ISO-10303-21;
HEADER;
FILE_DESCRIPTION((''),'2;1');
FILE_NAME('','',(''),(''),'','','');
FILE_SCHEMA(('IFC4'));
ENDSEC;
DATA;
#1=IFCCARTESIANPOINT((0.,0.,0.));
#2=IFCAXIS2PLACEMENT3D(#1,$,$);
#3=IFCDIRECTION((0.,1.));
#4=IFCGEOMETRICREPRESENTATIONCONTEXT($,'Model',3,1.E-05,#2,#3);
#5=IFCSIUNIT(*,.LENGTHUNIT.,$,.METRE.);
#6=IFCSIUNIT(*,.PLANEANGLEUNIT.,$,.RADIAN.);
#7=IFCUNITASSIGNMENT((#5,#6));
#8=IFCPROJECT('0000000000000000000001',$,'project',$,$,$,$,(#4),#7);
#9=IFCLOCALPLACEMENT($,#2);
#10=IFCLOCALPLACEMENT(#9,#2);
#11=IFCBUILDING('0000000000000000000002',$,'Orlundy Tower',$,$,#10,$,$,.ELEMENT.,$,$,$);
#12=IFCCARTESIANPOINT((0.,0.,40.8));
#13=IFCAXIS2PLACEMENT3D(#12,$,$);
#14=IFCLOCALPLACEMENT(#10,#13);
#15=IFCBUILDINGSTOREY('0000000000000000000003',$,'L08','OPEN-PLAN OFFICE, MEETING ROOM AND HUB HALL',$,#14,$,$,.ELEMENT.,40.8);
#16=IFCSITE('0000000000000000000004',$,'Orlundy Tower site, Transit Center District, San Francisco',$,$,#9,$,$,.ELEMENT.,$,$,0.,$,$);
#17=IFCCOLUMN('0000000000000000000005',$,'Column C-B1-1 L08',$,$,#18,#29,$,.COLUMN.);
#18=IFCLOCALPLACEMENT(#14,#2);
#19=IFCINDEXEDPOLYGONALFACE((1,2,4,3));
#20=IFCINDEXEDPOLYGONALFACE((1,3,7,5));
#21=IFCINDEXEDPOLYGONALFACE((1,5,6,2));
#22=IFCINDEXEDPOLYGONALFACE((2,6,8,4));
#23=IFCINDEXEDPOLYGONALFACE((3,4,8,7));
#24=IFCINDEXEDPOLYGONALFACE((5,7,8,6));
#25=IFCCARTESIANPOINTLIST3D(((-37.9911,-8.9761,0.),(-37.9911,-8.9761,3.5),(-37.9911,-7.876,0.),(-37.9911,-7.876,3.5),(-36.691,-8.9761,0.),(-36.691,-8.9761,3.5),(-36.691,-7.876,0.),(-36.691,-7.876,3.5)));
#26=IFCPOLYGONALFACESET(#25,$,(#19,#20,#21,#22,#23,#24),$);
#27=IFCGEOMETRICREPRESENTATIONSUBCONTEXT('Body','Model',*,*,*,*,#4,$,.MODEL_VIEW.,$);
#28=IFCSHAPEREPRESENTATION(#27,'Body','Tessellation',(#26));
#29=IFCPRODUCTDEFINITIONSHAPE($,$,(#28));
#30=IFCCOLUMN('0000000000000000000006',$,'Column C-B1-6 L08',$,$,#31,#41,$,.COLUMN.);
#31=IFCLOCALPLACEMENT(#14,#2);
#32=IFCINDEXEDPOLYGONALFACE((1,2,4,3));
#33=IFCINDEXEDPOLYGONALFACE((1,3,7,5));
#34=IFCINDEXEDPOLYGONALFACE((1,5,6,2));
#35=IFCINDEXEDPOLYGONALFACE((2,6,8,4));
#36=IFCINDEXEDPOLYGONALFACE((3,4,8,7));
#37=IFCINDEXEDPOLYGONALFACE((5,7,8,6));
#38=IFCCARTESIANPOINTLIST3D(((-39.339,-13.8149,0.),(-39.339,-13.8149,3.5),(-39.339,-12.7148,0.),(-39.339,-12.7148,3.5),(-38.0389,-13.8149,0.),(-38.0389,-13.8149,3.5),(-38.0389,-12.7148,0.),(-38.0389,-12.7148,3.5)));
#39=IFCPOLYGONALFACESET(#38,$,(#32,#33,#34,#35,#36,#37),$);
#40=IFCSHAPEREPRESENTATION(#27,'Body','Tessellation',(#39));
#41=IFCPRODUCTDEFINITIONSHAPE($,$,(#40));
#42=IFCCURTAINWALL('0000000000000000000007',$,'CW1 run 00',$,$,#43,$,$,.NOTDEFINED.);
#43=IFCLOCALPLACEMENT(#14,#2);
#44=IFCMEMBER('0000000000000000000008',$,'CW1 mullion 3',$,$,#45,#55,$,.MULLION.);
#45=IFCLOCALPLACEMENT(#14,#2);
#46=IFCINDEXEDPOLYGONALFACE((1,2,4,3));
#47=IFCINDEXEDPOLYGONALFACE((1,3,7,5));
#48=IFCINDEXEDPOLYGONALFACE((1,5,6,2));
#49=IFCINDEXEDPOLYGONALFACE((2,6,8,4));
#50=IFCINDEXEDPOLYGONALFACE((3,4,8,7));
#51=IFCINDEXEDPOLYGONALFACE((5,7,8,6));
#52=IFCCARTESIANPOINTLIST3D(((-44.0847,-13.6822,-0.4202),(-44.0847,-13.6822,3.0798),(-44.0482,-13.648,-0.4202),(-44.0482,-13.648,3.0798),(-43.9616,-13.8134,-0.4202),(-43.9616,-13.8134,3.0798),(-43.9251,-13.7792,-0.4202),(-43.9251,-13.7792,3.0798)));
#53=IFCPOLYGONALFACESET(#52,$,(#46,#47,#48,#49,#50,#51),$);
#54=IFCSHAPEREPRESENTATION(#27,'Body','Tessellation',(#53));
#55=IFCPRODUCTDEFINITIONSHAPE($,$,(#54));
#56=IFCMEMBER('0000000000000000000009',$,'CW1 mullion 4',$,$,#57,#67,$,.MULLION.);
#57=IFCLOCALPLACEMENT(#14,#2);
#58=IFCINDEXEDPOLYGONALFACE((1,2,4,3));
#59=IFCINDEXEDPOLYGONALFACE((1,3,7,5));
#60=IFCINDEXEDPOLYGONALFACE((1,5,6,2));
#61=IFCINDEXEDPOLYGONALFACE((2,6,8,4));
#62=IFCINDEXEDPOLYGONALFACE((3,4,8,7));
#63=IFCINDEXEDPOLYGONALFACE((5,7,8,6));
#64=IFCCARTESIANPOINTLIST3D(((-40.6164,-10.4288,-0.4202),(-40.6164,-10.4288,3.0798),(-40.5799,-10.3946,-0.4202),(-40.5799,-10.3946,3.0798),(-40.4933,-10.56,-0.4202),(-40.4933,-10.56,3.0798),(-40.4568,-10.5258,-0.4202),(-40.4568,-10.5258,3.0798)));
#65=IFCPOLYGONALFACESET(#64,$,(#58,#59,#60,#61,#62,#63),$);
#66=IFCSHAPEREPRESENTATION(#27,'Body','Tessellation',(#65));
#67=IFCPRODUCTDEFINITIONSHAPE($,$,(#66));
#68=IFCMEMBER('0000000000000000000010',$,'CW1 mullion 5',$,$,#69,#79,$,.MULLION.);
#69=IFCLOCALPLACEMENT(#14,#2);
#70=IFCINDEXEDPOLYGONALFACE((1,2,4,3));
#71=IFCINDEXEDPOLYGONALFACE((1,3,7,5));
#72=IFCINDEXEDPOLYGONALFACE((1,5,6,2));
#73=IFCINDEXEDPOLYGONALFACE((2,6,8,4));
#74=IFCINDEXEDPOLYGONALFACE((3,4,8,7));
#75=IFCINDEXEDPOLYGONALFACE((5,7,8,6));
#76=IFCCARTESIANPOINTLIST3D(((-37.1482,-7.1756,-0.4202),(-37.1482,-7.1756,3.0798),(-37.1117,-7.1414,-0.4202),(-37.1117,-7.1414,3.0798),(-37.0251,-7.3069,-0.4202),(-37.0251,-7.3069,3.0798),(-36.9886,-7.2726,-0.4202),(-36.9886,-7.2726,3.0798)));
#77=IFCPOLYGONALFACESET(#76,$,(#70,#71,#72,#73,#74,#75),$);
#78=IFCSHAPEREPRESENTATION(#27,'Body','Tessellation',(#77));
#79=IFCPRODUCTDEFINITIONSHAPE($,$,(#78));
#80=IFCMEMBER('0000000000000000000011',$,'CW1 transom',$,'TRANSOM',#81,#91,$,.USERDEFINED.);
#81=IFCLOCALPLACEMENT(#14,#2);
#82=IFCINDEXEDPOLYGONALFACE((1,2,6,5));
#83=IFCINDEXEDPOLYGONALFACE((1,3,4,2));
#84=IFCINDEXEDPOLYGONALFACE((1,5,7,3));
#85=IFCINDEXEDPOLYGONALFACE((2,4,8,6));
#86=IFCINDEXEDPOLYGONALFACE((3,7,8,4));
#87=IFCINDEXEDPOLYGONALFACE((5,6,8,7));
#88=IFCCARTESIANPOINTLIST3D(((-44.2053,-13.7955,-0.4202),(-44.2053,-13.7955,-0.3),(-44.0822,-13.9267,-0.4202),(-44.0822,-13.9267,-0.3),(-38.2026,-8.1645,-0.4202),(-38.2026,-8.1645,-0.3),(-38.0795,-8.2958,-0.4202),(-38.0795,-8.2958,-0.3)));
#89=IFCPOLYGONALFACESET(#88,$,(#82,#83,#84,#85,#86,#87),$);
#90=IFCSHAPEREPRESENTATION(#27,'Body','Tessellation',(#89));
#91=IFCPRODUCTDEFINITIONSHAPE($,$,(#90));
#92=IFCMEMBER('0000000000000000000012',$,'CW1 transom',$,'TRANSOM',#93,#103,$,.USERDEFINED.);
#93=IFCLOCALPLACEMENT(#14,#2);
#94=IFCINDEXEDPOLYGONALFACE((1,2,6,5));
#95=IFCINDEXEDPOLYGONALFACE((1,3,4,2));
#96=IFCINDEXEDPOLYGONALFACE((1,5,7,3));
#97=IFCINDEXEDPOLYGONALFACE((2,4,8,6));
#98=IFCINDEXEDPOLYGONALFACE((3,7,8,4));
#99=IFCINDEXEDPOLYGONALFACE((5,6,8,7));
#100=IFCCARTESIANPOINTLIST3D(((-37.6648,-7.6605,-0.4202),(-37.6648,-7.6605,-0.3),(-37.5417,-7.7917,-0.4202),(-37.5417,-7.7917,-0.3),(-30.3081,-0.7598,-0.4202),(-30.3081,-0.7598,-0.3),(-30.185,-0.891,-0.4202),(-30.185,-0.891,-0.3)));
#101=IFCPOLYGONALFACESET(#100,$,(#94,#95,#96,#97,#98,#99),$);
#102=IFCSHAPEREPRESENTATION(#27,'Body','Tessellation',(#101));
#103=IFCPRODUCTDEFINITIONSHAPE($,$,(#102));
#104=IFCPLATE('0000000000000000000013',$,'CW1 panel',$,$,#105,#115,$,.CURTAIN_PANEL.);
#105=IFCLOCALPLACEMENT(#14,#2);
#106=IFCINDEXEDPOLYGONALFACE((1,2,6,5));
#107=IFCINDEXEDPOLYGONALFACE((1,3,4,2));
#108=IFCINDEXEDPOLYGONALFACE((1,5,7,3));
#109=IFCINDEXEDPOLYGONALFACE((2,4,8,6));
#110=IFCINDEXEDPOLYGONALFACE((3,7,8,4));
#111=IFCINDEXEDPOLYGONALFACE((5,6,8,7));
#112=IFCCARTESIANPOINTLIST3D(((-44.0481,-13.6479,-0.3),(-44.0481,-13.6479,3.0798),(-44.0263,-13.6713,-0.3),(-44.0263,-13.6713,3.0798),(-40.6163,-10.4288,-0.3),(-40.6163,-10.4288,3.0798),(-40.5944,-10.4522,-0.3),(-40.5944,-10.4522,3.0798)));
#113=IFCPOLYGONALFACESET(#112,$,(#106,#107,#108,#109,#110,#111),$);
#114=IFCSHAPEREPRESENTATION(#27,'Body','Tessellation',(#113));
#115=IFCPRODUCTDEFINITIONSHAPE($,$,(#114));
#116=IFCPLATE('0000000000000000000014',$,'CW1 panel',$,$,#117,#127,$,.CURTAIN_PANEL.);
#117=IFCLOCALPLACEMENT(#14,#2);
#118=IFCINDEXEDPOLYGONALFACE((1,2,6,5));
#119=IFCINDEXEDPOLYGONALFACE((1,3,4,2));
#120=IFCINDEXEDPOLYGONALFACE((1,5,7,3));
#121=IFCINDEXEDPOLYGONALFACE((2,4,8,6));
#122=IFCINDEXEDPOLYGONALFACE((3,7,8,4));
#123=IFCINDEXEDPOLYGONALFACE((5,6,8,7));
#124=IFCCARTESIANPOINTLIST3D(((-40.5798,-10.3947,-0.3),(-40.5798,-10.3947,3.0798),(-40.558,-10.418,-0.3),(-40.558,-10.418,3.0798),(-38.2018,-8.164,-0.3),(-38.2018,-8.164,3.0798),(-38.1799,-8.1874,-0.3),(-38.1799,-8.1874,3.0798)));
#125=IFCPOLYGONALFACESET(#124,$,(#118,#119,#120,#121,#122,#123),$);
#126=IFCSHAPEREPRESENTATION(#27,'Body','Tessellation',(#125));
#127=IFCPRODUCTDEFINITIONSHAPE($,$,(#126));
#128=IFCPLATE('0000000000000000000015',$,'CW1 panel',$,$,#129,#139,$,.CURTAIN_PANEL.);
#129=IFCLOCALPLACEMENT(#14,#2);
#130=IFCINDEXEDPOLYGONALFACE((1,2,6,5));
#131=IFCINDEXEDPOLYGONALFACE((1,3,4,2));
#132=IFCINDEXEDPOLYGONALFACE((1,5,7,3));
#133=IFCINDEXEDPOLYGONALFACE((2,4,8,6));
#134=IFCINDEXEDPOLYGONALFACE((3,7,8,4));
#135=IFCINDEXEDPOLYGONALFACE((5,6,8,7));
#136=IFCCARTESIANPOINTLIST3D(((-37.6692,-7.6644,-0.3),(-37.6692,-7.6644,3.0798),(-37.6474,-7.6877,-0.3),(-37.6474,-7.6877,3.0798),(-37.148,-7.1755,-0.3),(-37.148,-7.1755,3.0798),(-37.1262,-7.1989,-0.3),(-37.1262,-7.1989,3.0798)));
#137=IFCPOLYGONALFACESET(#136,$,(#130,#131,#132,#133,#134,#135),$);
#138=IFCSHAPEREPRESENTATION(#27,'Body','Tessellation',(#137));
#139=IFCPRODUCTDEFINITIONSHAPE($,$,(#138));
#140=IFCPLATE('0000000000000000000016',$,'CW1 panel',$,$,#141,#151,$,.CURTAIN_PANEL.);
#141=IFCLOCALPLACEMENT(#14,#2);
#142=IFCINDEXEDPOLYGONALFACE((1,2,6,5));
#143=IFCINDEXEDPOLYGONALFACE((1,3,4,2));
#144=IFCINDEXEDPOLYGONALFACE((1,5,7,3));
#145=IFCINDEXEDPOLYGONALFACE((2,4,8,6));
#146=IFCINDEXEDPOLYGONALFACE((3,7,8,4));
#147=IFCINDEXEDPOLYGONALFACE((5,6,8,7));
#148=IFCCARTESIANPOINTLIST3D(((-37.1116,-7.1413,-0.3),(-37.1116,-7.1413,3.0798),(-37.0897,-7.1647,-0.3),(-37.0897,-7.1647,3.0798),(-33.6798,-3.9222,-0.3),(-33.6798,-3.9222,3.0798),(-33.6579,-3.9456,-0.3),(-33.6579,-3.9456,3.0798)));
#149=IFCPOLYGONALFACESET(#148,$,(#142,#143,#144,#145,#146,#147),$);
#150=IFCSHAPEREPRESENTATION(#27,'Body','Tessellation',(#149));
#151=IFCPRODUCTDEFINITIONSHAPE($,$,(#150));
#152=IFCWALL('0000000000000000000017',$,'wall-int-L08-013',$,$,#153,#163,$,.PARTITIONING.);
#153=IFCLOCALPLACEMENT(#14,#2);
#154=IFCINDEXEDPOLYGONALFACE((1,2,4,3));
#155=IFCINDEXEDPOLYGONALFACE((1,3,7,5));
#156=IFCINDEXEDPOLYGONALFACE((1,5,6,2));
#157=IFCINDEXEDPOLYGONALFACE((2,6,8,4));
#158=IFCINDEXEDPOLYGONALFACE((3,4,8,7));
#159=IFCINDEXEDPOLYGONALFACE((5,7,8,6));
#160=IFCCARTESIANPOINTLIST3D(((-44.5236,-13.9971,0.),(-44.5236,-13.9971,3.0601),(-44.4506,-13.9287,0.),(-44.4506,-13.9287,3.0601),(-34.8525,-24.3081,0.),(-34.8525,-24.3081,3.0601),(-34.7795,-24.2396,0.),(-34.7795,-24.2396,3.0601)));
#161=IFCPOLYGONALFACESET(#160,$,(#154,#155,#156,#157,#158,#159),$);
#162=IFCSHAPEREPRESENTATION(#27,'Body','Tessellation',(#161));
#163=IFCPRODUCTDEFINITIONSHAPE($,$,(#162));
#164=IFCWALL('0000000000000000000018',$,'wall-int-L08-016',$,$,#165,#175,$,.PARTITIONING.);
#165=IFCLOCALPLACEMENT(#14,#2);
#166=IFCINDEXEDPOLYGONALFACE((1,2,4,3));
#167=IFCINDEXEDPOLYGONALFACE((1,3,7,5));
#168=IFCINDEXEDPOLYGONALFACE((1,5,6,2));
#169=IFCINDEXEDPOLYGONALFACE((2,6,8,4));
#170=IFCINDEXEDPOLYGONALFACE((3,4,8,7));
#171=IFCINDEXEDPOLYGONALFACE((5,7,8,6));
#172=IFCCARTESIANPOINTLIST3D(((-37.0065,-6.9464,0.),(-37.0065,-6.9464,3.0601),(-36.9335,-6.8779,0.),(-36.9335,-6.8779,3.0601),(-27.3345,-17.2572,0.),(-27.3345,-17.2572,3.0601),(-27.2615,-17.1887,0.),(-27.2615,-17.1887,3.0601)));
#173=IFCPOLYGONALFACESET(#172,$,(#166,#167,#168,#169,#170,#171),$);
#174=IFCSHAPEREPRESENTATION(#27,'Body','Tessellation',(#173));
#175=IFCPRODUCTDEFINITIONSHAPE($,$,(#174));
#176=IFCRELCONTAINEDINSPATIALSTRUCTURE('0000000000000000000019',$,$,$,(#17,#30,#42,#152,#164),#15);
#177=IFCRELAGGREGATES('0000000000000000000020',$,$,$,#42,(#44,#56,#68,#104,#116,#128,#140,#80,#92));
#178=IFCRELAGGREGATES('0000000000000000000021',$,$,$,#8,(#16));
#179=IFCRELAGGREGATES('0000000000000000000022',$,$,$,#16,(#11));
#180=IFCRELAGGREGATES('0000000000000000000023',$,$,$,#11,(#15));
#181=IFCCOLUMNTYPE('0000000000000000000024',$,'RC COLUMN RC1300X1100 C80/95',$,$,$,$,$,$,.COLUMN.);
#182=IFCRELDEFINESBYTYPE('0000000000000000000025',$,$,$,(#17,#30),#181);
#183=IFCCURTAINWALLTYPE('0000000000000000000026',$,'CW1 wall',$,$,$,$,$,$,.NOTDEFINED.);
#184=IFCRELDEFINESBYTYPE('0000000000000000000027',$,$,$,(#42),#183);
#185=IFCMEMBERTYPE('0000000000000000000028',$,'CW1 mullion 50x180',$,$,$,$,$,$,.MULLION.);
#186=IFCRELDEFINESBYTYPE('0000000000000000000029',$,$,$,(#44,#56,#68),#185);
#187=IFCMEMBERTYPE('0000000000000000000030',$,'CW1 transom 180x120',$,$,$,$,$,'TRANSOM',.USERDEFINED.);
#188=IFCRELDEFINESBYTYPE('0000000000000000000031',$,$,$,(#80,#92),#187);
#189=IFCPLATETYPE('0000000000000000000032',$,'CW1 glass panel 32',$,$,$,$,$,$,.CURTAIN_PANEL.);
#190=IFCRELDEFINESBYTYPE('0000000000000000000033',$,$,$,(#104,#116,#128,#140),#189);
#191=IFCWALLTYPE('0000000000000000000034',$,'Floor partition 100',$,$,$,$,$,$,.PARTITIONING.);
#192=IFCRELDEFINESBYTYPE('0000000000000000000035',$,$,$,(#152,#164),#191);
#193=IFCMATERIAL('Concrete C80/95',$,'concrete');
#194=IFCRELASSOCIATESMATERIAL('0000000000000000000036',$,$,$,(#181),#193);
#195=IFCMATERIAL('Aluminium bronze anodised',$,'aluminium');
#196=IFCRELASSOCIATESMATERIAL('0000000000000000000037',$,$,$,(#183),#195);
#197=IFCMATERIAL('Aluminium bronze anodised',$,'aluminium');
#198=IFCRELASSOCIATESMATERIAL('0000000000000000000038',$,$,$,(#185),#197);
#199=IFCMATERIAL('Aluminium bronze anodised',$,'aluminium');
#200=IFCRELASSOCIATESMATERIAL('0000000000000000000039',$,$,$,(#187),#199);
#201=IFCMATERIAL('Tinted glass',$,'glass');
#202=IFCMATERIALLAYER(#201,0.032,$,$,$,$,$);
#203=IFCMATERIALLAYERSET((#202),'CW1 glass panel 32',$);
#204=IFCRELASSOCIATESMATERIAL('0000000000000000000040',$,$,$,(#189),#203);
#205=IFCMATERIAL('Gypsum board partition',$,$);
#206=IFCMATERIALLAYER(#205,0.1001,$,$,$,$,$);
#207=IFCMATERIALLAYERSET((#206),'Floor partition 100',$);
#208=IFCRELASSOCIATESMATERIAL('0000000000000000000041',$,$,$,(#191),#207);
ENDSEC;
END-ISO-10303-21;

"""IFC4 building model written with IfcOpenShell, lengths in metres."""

from ifc_helpers import new_model, si_unit, direction, frame, frame_2d, origin, origin_2d, place, context, subcontext, project, spatial, rectangle, extrude, material, layer, layer_set, material_profile, profile_set, type_object, element, aggregate, save


model = new_model("IFC4")

# Units and contexts
model_context = context("Model", 3, precision=1e-05, world=origin(), true_north=direction((0.0, 1.0)))
body_context = subcontext(model_context, "Body", "Model", "MODEL_VIEW")
ifc_project = project(units=[si_unit("LENGTHUNIT", "METRE"), si_unit("PLANEANGLEUNIT", "RADIAN")], contexts=[model_context])

# Site, building, storey
site_placement = place(None, origin())
site = spatial("IfcSite", under=ifc_project, at=site_placement, Name="Orlundy Tower site, Transit Center District, San Francisco", CompositionType="ELEMENT", RefElevation=0.0)
building_placement = place(site_placement, origin())
building = spatial("IfcBuilding", under=site, at=building_placement, Name="Orlundy Tower", CompositionType="ELEMENT")
storey_placement = place(building_placement, frame((0.0, 0.0, 40.8)))
storey = spatial("IfcBuildingStorey", under=building, at=storey_placement, Name="L08", Description="OPEN-PLAN OFFICE, MEETING ROOM AND HUB HALL", CompositionType="ELEMENT", Elevation=40.8)

# Columns
ifc_material_1 = material(Name="Concrete C80/95", Category="concrete")
ifc_material_profile_1 = material_profile(ifc_material_1, rectangle(XDim=1.3, YDim=1.1001, at=origin_2d()), Name="RC1300X1100")
ifc_profile_set_1 = profile_set([ifc_material_profile_1], Name="Concrete C80/95")
column_type = type_object("IfcColumnType", Name="RC COLUMN RC1300X1100 C80/95", PredefinedType="COLUMN", material=ifc_profile_set_1)
for number, where, z_axis, x_axis, name in (
    (1, (-37.3411, -8.426, 0.0), (0.0, 0.0, 1.0), (1.0, 0.0, 0.0), "Column C-B1-1 L08"),
    (2, (-38.689, -13.2649, 0.0), (0.0, 0.0, 1.0), (1.0, 0.0, 0.0), "Column C-B1-6 L08"),
):
    element("IfcColumn", number, at=place(storey_placement, frame(where, z_axis=z_axis, x_axis=x_axis)), inside=storey, type_object=column_type, Name=name, PredefinedType="COLUMN", context=body_context, shape_type="SweptSolid", body=[
        extrude(rectangle(XDim=1.3, YDim=1.1001, at=origin_2d()), origin(), (0.0, 0.0, 1.0), 3.5),
    ])

# Curtain wall, members, plates
ifc_material_2 = material(Name="Aluminium bronze anodised", Category="aluminium")
curtain_wall_type = type_object("IfcCurtainWallType", Name="CW1 wall", PredefinedType="NOTDEFINED", material=ifc_material_2)
curtain_wall_placement = place(storey_placement, origin())
curtain_wall = element("IfcCurtainWall", 3, at=curtain_wall_placement, inside=storey, type_object=curtain_wall_type, Name="CW1 run 00", PredefinedType="NOTDEFINED")
ifc_material_3 = material(Name="Aluminium bronze anodised", Category="aluminium")
ifc_material_profile_2 = material_profile(ifc_material_3, rectangle(XDim=0.1799, YDim=0.05, at=origin_2d()), Name="CW1 mullion 50x180")
ifc_profile_set_2 = profile_set([ifc_material_profile_2], Name="Aluminium bronze anodised")
member_type_1 = type_object("IfcMemberType", Name="CW1 mullion 50x180", PredefinedType="MULLION", material=ifc_profile_set_2)
member_1_placement = place(storey_placement, frame((-44.0049, -13.7307, -0.4202), z_axis=(0.0, 0.0, 1.0), x_axis=(-0.684139, 0.729351, 0.0)))
member_1 = element("IfcMember", 4, at=member_1_placement, type_object=member_type_1, Name="CW1 mullion 3", PredefinedType="MULLION", context=body_context, shape_type="SweptSolid", body=[
    extrude(rectangle(XDim=0.1799, YDim=0.05, at=origin_2d()), origin(), (0.0, 0.0, 1.0), 3.5),
])
member_2_placement = place(storey_placement, frame((-40.5366, -10.4773, -0.4202), z_axis=(0.0, 0.0, 1.0), x_axis=(-0.684139, 0.729351, 0.0)))
member_2 = element("IfcMember", 5, at=member_2_placement, type_object=member_type_1, Name="CW1 mullion 4", PredefinedType="MULLION", context=body_context, shape_type="SweptSolid", body=[
    extrude(rectangle(XDim=0.1799, YDim=0.05, at=origin_2d()), origin(), (0.0, 0.0, 1.0), 3.5),
])
member_3_placement = place(storey_placement, frame((-37.0684, -7.2241, -0.4202), z_axis=(0.0, 0.0, 1.0), x_axis=(-0.684139, 0.729351, 0.0)))
member_3 = element("IfcMember", 6, at=member_3_placement, type_object=member_type_1, Name="CW1 mullion 5", PredefinedType="MULLION", context=body_context, shape_type="SweptSolid", body=[
    extrude(rectangle(XDim=0.1799, YDim=0.05, at=origin_2d()), origin(), (0.0, 0.0, 1.0), 3.5),
])
ifc_material_4 = material(Name="Aluminium bronze anodised", Category="aluminium")
ifc_material_profile_3 = material_profile(ifc_material_4, rectangle(XDim=0.1799, YDim=0.1201, at=origin_2d()), Name="CW1 transom 180x120")
ifc_profile_set_3 = profile_set([ifc_material_profile_3], Name="Aluminium bronze anodised")
member_type_2 = type_object("IfcMemberType", Name="CW1 transom 180x120", ElementType="TRANSOM", PredefinedType="USERDEFINED", material=ifc_profile_set_3)
member_4_placement = place(storey_placement, frame((-44.1438, -13.8611, -0.3601), z_axis=(0.729335, 0.684157, 0.0), x_axis=(-0.684157, 0.729335, 0.0)))
member_4 = element("IfcMember", 7, at=member_4_placement, type_object=member_type_2, Name="CW1 transom", ObjectType="TRANSOM", PredefinedType="USERDEFINED", context=body_context, shape_type="SweptSolid", body=[
    extrude(rectangle(XDim=0.1799, YDim=0.1201, at=origin_2d()), origin(), (0.0, 0.0, 1.0), 8.2305),
])
member_5_placement = place(storey_placement, frame((-37.6033, -7.7261, -0.3601), z_axis=(0.729352, 0.684138, 0.0), x_axis=(-0.684138, 0.729352, 0.0)))
member_5 = element("IfcMember", 8, at=member_5_placement, type_object=member_type_2, Name="CW1 transom", ObjectType="TRANSOM", PredefinedType="USERDEFINED", context=body_context, shape_type="SweptSolid", body=[
    extrude(rectangle(XDim=0.1799, YDim=0.1201, at=origin_2d()), origin(), (0.0, 0.0, 1.0), 10.0867),
])
ifc_material_5 = material(Name="Tinted glass", Category="glass")
ifc_layer_1 = layer(ifc_material_5, 0.032)
ifc_layer_set_1 = layer_set([ifc_layer_1], Name="CW1 glass panel 32")
plate_type = type_object("IfcPlateType", Name="CW1 glass panel 32", PredefinedType="CURTAIN_PANEL", material=ifc_layer_set_1)
plate_1_placement = place(storey_placement, frame((-42.3213, -12.05, -0.3), z_axis=(0.0, 0.0, 1.0), x_axis=(0.729351, 0.684139, 0.0)))
plate_1 = element("IfcPlate", 9, at=plate_1_placement, type_object=plate_type, Name="CW1 panel", PredefinedType="CURTAIN_PANEL", context=body_context, shape_type="SweptSolid", body=[
    extrude(rectangle(XDim=4.7053, YDim=0.032, at=origin_2d()), origin(), (0.0, 0.0, 1.0), 3.3799),
])
plate_2_placement = place(storey_placement, frame((-39.3799, -9.291, -0.3), z_axis=(0.0, 0.0, 1.0), x_axis=(0.729351, 0.684139, 0.0)))
plate_2 = element("IfcPlate", 10, at=plate_2_placement, type_object=plate_type, Name="CW1 panel", PredefinedType="CURTAIN_PANEL", context=body_context, shape_type="SweptSolid", body=[
    extrude(rectangle(XDim=3.2605, YDim=0.032, at=origin_2d()), origin(), (0.0, 0.0, 1.0), 3.3799),
])
plate_3_placement = place(storey_placement, frame((-37.3977, -7.4316, -0.3), z_axis=(0.0, 0.0, 1.0), x_axis=(0.729351, 0.684139, 0.0)))
plate_3 = element("IfcPlate", 11, at=plate_3_placement, type_object=plate_type, Name="CW1 panel", PredefinedType="CURTAIN_PANEL", context=body_context, shape_type="SweptSolid", body=[
    extrude(rectangle(XDim=0.7146, YDim=0.032, at=origin_2d()), origin(), (0.0, 0.0, 1.0), 3.3799),
])
plate_4_placement = place(storey_placement, frame((-35.3848, -5.5435, -0.3), z_axis=(0.0, 0.0, 1.0), x_axis=(0.729351, 0.684139, 0.0)))
plate_4 = element("IfcPlate", 12, at=plate_4_placement, type_object=plate_type, Name="CW1 panel", PredefinedType="CURTAIN_PANEL", context=body_context, shape_type="SweptSolid", body=[
    extrude(rectangle(XDim=4.7053, YDim=0.032, at=origin_2d()), origin(), (0.0, 0.0, 1.0), 3.3799),
])
aggregate(curtain_wall, [member_1, member_2, member_3, plate_1, plate_2, plate_3, plate_4, member_4, member_5])

# Walls
ifc_material_6 = material(Name="Gypsum board partition")
ifc_layer_2 = layer(ifc_material_6, 0.1001)
ifc_layer_set_2 = layer_set([ifc_layer_2], Name="Floor partition 100")
wall_type = type_object("IfcWallType", Name="Floor partition 100", PredefinedType="PARTITIONING", material=ifc_layer_set_2)
wall_1_placement = place(storey_placement, frame((-44.4871, -13.9629, 0.0), z_axis=(0.0, 0.0, 1.0), x_axis=(0.684112, -0.729377, 0.0)))
element("IfcWall", 13, at=wall_1_placement, inside=storey, type_object=wall_type, Name="wall-int-L08-013", PredefinedType="PARTITIONING", context=body_context, shape_type="SweptSolid", body=[
    extrude(rectangle(XDim=14.1367, YDim=0.1001, at=frame_2d((7.0684, 0.0))), origin(), (0.0, 0.0, 1.0), 3.0601),
])
wall_2_placement = place(storey_placement, frame((-36.97, -6.9121, 0.0), z_axis=(0.0, 0.0, 1.0), x_axis=(0.684148, -0.729343, 0.0)))
element("IfcWall", 14, at=wall_2_placement, inside=storey, type_object=wall_type, Name="wall-int-L08-016", PredefinedType="PARTITIONING", context=body_context, shape_type="SweptSolid", body=[
    extrude(rectangle(XDim=14.1372, YDim=0.1001, at=frame_2d((7.0686, 0.0))), origin(), (0.0, 0.0, 1.0), 3.0601),
])

save(model, "model.ifc")
